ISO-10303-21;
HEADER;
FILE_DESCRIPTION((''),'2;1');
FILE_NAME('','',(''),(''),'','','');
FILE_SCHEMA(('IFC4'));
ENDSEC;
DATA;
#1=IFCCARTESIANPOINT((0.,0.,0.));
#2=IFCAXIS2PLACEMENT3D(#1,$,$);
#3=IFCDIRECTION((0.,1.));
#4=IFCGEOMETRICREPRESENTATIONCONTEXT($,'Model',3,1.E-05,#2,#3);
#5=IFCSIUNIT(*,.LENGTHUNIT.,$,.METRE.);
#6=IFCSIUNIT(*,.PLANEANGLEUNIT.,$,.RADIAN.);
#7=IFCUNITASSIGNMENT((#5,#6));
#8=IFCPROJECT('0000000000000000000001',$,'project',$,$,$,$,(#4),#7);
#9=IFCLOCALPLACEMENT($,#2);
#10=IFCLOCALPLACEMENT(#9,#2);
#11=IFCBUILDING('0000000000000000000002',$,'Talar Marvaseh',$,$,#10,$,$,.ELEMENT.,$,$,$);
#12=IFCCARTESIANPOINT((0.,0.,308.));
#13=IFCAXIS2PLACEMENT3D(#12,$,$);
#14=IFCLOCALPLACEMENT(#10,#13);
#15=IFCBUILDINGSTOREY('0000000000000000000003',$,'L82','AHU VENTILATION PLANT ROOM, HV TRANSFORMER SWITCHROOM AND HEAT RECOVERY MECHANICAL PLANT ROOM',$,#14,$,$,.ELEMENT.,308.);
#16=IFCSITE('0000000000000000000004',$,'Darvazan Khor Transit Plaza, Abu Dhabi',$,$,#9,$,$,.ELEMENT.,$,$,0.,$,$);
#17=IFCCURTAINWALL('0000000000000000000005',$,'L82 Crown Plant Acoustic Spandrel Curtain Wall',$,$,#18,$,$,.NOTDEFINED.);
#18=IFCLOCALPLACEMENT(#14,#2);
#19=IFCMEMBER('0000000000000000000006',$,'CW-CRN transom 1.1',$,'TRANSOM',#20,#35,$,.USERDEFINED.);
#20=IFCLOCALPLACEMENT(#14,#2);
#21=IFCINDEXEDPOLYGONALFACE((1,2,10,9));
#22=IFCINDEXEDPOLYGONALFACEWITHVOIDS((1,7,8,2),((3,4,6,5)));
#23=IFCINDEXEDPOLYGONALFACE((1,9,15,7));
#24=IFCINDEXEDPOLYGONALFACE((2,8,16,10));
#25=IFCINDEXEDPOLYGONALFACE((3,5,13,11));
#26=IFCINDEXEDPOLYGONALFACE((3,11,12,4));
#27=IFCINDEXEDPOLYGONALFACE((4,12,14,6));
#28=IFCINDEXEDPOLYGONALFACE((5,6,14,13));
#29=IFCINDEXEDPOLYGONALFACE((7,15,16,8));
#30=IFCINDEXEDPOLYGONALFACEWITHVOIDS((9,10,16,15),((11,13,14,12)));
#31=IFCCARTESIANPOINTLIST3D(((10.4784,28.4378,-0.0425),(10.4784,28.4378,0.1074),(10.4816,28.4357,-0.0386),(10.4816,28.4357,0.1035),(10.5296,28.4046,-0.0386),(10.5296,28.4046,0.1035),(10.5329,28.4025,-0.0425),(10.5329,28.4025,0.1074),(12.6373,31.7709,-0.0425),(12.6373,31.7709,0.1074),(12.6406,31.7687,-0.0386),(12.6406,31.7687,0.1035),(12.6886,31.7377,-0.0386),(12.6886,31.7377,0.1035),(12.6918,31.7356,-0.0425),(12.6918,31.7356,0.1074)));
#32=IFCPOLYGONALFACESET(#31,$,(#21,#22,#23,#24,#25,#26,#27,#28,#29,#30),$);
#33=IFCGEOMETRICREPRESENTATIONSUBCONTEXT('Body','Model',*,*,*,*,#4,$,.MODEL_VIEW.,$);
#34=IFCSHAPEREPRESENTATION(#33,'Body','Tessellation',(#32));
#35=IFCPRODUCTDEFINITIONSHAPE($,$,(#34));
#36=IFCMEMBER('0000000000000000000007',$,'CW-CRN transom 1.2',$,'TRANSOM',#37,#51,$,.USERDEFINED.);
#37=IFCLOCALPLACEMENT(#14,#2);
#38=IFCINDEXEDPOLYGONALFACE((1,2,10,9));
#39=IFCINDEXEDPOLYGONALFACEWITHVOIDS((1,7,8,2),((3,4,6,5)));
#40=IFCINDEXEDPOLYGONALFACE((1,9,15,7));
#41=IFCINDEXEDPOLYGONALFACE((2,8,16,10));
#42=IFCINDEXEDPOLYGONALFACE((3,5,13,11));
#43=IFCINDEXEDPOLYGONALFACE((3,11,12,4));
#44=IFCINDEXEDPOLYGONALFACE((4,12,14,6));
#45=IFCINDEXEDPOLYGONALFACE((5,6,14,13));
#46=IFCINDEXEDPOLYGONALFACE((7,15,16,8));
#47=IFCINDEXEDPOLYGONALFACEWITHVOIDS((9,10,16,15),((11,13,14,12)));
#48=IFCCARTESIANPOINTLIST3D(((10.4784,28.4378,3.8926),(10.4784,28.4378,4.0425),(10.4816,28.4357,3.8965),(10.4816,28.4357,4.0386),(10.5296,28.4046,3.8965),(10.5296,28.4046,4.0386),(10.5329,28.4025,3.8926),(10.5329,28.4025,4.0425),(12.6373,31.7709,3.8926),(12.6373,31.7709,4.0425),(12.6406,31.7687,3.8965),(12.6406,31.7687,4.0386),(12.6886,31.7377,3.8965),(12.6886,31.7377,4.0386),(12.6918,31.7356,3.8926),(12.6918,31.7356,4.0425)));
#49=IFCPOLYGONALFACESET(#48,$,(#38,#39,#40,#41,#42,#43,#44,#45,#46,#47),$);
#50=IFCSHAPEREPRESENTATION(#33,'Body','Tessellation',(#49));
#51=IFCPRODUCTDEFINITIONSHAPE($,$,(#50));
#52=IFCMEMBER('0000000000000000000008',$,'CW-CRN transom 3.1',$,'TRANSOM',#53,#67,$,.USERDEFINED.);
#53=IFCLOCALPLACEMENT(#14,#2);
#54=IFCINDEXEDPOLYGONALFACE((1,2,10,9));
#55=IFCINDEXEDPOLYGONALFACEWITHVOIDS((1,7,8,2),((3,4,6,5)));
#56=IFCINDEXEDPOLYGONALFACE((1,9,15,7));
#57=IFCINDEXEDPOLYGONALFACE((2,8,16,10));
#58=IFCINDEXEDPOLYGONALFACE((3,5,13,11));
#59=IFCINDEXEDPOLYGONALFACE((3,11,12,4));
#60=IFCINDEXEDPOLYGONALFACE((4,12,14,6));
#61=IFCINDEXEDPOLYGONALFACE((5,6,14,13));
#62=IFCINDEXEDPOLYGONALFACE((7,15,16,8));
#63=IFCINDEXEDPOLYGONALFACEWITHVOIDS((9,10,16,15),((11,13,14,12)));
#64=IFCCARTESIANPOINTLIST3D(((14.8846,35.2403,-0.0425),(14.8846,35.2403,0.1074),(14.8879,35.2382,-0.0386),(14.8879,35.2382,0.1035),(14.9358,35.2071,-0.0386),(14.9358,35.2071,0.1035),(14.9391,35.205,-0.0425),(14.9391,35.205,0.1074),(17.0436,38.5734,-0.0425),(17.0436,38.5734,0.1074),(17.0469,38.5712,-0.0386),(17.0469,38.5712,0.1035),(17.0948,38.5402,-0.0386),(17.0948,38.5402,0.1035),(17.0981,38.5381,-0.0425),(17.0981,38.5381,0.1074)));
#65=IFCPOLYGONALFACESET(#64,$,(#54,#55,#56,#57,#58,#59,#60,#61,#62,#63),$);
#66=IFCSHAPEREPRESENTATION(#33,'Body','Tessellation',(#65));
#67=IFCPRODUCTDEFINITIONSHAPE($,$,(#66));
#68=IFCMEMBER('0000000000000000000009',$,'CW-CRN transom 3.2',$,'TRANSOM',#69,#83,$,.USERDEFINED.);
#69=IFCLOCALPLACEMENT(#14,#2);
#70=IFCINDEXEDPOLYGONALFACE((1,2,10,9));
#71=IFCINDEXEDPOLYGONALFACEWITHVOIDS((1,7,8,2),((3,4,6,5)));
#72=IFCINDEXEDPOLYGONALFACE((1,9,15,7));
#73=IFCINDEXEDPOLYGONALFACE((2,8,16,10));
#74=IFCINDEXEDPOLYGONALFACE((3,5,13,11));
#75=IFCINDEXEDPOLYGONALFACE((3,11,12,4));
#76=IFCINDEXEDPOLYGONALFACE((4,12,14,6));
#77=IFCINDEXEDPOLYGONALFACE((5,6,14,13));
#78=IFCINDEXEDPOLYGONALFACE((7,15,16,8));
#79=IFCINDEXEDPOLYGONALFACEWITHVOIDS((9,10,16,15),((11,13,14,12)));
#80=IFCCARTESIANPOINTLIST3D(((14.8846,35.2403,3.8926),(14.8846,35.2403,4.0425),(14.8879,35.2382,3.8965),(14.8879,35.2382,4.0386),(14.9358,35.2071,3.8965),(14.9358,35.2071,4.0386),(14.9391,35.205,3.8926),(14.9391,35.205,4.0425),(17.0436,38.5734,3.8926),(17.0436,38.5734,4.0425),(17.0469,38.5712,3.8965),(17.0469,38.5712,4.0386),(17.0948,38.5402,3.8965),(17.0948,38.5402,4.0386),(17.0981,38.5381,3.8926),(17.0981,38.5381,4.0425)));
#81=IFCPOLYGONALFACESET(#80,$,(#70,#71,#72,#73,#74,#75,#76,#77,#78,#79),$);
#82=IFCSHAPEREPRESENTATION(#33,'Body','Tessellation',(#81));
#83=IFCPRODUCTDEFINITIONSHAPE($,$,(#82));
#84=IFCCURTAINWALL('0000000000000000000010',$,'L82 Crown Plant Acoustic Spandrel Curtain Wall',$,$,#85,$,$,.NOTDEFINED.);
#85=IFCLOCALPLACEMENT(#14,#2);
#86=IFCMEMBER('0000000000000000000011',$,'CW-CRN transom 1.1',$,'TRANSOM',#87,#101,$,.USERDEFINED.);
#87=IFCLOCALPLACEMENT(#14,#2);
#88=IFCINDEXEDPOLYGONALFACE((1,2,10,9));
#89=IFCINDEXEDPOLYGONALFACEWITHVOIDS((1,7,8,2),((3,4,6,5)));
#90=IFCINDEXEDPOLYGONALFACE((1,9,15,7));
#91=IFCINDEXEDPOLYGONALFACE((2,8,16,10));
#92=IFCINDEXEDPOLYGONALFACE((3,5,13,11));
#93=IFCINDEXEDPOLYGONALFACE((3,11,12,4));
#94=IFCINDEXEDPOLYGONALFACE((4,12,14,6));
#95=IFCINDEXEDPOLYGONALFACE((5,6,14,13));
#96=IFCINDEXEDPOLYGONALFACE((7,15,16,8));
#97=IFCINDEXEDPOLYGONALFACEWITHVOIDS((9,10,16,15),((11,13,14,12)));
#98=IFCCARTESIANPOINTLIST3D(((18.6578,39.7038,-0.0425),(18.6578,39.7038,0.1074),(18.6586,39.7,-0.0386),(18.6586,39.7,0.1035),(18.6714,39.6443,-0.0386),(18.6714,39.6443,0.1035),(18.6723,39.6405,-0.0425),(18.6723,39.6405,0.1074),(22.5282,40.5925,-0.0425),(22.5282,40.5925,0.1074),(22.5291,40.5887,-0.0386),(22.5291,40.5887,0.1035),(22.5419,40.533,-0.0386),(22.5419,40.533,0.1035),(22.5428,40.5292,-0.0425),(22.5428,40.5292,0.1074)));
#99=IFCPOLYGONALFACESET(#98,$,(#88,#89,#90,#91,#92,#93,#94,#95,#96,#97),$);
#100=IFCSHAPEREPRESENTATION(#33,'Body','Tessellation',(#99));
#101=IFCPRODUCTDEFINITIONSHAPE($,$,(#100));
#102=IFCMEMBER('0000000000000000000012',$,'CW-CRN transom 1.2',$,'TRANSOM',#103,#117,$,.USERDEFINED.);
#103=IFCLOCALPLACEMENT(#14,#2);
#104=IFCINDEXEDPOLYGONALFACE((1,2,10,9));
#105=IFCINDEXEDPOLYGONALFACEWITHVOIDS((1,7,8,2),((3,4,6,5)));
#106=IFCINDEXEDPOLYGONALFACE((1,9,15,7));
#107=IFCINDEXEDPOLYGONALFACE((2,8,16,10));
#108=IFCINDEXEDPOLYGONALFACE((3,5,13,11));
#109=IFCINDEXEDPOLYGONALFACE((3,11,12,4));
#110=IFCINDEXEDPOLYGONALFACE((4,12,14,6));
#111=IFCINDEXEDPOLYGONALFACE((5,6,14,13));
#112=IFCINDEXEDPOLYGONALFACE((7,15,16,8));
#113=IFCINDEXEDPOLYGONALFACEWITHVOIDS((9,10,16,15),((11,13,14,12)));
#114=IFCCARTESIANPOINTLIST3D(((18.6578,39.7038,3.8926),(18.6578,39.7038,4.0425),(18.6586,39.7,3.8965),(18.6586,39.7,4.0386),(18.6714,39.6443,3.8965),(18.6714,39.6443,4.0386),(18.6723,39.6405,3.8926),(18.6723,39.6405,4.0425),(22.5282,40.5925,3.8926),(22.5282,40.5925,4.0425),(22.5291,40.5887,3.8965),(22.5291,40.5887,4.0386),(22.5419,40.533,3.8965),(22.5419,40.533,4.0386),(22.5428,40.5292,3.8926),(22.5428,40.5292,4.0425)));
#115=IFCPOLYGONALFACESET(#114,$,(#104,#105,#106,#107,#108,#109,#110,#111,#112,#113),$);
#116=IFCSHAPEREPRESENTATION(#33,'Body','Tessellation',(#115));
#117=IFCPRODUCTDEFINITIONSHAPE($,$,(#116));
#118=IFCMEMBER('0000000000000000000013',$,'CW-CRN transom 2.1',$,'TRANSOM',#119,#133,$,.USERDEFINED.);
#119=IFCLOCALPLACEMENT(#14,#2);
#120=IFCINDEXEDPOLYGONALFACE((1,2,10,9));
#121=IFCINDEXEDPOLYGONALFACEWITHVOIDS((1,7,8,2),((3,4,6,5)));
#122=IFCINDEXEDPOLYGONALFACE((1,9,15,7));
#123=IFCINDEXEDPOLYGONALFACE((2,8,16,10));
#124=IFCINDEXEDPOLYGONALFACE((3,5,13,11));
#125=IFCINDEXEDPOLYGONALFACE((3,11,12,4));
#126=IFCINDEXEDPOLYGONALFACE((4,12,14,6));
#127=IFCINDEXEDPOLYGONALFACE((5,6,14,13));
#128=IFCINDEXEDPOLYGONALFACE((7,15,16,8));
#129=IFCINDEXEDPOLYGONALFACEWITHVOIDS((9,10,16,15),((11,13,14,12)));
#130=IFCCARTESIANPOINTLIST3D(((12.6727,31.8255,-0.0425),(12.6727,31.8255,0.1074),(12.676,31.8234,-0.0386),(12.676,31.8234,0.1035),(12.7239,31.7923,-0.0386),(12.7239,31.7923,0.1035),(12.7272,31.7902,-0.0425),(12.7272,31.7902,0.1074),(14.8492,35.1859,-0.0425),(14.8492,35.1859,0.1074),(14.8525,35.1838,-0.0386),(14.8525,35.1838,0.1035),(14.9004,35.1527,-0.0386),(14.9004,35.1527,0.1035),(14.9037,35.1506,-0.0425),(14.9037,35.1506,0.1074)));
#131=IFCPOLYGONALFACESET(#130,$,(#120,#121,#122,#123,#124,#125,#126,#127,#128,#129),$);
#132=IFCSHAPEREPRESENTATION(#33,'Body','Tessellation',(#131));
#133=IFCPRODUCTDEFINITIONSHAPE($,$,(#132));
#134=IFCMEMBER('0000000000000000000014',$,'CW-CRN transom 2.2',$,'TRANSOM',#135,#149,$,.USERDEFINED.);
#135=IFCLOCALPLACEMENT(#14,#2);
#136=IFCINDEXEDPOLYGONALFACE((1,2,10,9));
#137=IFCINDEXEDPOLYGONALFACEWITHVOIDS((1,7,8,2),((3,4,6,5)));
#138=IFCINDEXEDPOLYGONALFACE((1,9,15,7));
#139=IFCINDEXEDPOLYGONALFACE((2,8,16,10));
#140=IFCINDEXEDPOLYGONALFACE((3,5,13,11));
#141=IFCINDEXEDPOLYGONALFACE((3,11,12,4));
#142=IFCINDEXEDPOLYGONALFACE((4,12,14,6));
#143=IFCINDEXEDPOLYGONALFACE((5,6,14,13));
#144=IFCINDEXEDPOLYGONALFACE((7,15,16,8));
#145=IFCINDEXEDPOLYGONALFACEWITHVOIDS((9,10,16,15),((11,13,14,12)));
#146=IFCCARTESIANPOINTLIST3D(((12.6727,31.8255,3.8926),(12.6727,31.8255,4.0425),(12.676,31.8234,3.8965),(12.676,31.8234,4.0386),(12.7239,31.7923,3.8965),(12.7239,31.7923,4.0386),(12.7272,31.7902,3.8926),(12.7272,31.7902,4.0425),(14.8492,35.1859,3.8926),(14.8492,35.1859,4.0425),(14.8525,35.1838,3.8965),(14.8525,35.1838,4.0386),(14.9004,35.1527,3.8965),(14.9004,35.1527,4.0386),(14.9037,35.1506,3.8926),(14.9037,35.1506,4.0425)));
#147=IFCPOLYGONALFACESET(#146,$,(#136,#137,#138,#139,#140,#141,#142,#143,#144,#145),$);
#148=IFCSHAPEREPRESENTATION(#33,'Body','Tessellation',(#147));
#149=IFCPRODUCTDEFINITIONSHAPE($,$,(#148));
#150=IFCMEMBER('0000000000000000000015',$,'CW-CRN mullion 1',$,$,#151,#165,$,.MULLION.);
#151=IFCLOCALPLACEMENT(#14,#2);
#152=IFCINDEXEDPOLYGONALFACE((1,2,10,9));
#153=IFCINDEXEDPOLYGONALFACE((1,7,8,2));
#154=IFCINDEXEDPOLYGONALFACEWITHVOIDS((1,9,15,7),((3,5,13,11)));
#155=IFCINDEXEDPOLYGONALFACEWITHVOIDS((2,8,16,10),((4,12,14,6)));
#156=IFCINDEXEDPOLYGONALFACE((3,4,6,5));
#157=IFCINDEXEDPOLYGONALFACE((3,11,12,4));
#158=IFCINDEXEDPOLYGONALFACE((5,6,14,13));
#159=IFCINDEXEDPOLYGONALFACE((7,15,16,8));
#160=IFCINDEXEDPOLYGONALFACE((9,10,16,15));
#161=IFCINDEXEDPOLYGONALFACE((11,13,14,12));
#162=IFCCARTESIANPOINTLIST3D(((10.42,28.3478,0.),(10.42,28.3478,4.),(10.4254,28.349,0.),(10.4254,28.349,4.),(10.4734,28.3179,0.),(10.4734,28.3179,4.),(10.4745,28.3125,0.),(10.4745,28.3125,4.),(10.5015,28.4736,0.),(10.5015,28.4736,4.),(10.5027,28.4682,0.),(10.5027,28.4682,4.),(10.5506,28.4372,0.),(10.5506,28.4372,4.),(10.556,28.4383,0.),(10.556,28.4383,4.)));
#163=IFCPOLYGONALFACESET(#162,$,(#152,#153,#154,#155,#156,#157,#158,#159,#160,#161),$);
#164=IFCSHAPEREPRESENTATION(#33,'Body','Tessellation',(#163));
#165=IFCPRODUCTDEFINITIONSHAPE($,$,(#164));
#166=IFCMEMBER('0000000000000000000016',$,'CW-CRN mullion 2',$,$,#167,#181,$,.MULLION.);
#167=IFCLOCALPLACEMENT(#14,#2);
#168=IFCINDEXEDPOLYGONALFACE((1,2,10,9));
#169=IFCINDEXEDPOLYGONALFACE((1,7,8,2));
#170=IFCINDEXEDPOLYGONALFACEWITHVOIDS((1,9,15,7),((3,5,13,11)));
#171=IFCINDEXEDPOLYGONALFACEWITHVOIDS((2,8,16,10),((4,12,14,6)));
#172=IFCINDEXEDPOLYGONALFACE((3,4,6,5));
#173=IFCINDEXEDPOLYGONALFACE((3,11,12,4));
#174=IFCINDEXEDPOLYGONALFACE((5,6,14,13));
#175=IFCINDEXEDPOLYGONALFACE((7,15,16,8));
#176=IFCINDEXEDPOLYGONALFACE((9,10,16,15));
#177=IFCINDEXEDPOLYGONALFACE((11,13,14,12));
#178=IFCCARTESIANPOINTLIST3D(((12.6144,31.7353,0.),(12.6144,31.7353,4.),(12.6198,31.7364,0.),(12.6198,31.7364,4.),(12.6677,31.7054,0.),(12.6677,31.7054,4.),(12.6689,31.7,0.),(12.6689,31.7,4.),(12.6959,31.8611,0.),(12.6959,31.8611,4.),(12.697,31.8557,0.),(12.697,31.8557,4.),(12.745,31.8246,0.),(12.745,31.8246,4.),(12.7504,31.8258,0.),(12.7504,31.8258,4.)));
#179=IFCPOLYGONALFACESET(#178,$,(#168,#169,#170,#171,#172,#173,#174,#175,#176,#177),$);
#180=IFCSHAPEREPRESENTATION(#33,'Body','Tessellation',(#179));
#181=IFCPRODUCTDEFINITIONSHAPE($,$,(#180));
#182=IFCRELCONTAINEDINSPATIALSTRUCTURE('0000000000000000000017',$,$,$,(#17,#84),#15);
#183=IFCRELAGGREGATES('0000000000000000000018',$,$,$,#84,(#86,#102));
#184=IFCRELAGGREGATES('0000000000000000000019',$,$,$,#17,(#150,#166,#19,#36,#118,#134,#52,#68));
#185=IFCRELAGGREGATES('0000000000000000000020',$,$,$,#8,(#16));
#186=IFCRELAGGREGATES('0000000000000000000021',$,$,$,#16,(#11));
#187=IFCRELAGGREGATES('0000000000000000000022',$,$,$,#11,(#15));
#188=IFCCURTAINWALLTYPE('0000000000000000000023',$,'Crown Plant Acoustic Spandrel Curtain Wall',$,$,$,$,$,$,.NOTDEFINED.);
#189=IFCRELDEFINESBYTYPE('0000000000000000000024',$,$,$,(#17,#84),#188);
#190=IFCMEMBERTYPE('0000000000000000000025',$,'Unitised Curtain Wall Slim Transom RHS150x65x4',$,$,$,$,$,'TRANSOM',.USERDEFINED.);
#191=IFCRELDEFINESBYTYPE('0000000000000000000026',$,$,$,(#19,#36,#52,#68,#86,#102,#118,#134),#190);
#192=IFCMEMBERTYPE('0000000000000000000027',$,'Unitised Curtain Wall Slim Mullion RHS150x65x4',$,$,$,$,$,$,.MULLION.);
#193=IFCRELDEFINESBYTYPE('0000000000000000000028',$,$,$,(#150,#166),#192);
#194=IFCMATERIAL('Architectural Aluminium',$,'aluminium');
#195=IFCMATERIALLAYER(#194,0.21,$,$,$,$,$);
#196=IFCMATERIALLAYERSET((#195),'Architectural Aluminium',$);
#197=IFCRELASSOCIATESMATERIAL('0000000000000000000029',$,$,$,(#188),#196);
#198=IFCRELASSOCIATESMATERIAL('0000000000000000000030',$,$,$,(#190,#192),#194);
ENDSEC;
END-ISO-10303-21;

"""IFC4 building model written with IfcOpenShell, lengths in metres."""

from ifc_helpers import new_model, si_unit, direction, frame, origin, origin_2d, place, context, subcontext, project, spatial, hollow_rectangle, extrude, source, transform, mapped, material, layer, layer_set, material_profile, profile_set, type_object, type_shapes, element, aggregate, save


model = new_model("IFC4")

# Units and contexts
model_context = context("Model", 3, precision=1e-05, world=origin(), true_north=direction((0.0, 1.0)))
body_context = subcontext(model_context, "Body", "Model", "MODEL_VIEW")
ifc_project = project(units=[si_unit("LENGTHUNIT", "METRE"), si_unit("PLANEANGLEUNIT", "RADIAN")], contexts=[model_context])

# Site, building, storey
site_placement = place(None, origin())
site = spatial("IfcSite", under=ifc_project, at=site_placement, Name="Darvazan Khor Transit Plaza, Abu Dhabi", CompositionType="ELEMENT", RefElevation=0.0)
building_placement = place(site_placement, origin())
building = spatial("IfcBuilding", under=site, at=building_placement, Name="Talar Marvaseh", CompositionType="ELEMENT")
storey_placement = place(building_placement, frame((0.0, 0.0, 308.0)))
storey = spatial("IfcBuildingStorey", under=building, at=storey_placement, Name="L82", Description="AHU VENTILATION PLANT ROOM, HV TRANSFORMER SWITCHROOM AND HEAT RECOVERY MECHANICAL PLANT ROOM", CompositionType="ELEMENT", Elevation=308.0)

# Curtain walls, members
ifc_material_1 = material(Name="Architectural Aluminium", Category="aluminium")
ifc_layer_1 = layer(ifc_material_1, 0.21)
ifc_layer_set_1 = layer_set([ifc_layer_1], Name="Architectural Aluminium")
curtain_wall_type = type_object("IfcCurtainWallType", Name="Crown Plant Acoustic Spandrel Curtain Wall", PredefinedType="NOTDEFINED", material=ifc_layer_set_1)
curtain_wall_1_placement = place(storey_placement, origin())
curtain_wall_1 = element("IfcCurtainWall", 1, at=curtain_wall_1_placement, inside=storey, type_object=curtain_wall_type, Name="L82 Crown Plant Acoustic Spandrel Curtain Wall", PredefinedType="NOTDEFINED")
ifc_material_profile_1 = material_profile(ifc_material_1, hollow_rectangle(XDim=0.0649, YDim=0.1499, WallThickness=0.0039, at=origin_2d()), Name="RHS150x65x4")
ifc_profile_set_1 = profile_set([ifc_material_profile_1], Name="Architectural Aluminium")
member_type_1 = type_object("IfcMemberType", Name="Unitised Curtain Wall Slim Transom RHS150x65x4", ElementType="TRANSOM", PredefinedType="USERDEFINED", material=ifc_profile_set_1)
shared_shape_1 = source(origin(), body_context, "Body", "SweptSolid", [
    extrude(hollow_rectangle(XDim=0.0649, YDim=0.1499, WallThickness=0.0039, at=origin_2d()), origin(), (0.0, 0.0, 1.0), 3.9712),
])
member_1_placement = place(storey_placement, frame((10.5056, 28.4202, 0.0325), z_axis=(0.543657, 0.839308, 0.0), x_axis=(-0.839308, 0.543657, 0.0)))
member_1 = element("IfcMember", 2, at=member_1_placement, type_object=member_type_1, Name="CW-CRN transom 1.1", ObjectType="TRANSOM", PredefinedType="USERDEFINED", context=body_context, shape_type="MappedRepresentation", body=[
    mapped(shared_shape_1, transform((0.0, 0.0, 0.0), x_axis=(1.0, 0.0, 0.0), y_axis=(0.0, 1.0, 0.0), z_axis=(0.0, 0.0, 1.0), scale=1.0)),
])
member_2_placement = place(storey_placement, frame((10.5056, 28.4202, 3.9675), z_axis=(0.543657, 0.839308, 0.0), x_axis=(-0.839308, 0.543657, 0.0)))
member_2 = element("IfcMember", 3, at=member_2_placement, type_object=member_type_1, Name="CW-CRN transom 1.2", ObjectType="TRANSOM", PredefinedType="USERDEFINED", context=body_context, shape_type="MappedRepresentation", body=[
    mapped(shared_shape_1, transform((0.0, 0.0, 0.0), x_axis=(1.0, 0.0, 0.0), y_axis=(0.0, 1.0, 0.0), z_axis=(0.0, 0.0, 1.0), scale=1.0)),
])
member_3_placement = place(storey_placement, frame((14.9119, 35.2227, 0.0325), z_axis=(0.543657, 0.839308, 0.0), x_axis=(-0.839308, 0.543657, 0.0)))
member_3 = element("IfcMember", 4, at=member_3_placement, type_object=member_type_1, Name="CW-CRN transom 3.1", ObjectType="TRANSOM", PredefinedType="USERDEFINED", context=body_context, shape_type="MappedRepresentation", body=[
    mapped(shared_shape_1, transform((0.0, 0.0, 0.0), x_axis=(1.0, 0.0, 0.0), y_axis=(0.0, 1.0, 0.0), z_axis=(0.0, 0.0, 1.0), scale=1.0)),
])
member_4_placement = place(storey_placement, frame((14.9119, 35.2227, 3.9675), z_axis=(0.543657, 0.839308, 0.0), x_axis=(-0.839308, 0.543657, 0.0)))
member_4 = element("IfcMember", 5, at=member_4_placement, type_object=member_type_1, Name="CW-CRN transom 3.2", ObjectType="TRANSOM", PredefinedType="USERDEFINED", context=body_context, shape_type="MappedRepresentation", body=[
    mapped(shared_shape_1, transform((0.0, 0.0, 0.0), x_axis=(1.0, 0.0, 0.0), y_axis=(0.0, 1.0, 0.0), z_axis=(0.0, 0.0, 1.0), scale=1.0)),
])
curtain_wall_2_placement = place(storey_placement, origin())
curtain_wall_2 = element("IfcCurtainWall", 6, at=curtain_wall_2_placement, inside=storey, type_object=curtain_wall_type, Name="L82 Crown Plant Acoustic Spandrel Curtain Wall", PredefinedType="NOTDEFINED")
member_5_placement = place(storey_placement, frame((18.665, 39.6721, 0.0325), z_axis=(0.974638, 0.223786, 0.0), x_axis=(-0.223786, 0.974638, 0.0)))
member_5 = element("IfcMember", 7, at=member_5_placement, type_object=member_type_1, Name="CW-CRN transom 1.1", ObjectType="TRANSOM", PredefinedType="USERDEFINED", context=body_context, shape_type="MappedRepresentation", body=[
    mapped(shared_shape_1, transform((0.0, 0.0, 0.0), x_axis=(1.0, 0.0, 0.0), y_axis=(0.0, 1.0, 0.0), z_axis=(0.0, 0.0, 1.0), scale=1.0)),
])
member_6_placement = place(storey_placement, frame((18.665, 39.6721, 3.9675), z_axis=(0.974638, 0.223786, 0.0), x_axis=(-0.223786, 0.974638, 0.0)))
member_6 = element("IfcMember", 8, at=member_6_placement, type_object=member_type_1, Name="CW-CRN transom 1.2", ObjectType="TRANSOM", PredefinedType="USERDEFINED", context=body_context, shape_type="MappedRepresentation", body=[
    mapped(shared_shape_1, transform((0.0, 0.0, 0.0), x_axis=(1.0, 0.0, 0.0), y_axis=(0.0, 1.0, 0.0), z_axis=(0.0, 0.0, 1.0), scale=1.0)),
])

# Members
shared_shape_2 = source(origin(), body_context, "Body", "SweptSolid", [
    extrude(hollow_rectangle(XDim=0.0649, YDim=0.1499, WallThickness=0.0039, at=origin_2d()), origin(), (0.0, 0.0, 1.0), 4.0037),
])
type_shapes(member_type_1, [shared_shape_1, shared_shape_2])
member_7_placement = place(storey_placement, frame((12.7, 31.8079, 0.0325), z_axis=(0.543633, 0.839323, 0.0), x_axis=(-0.839323, 0.543633, 0.0)))
member_7 = element("IfcMember", 9, at=member_7_placement, type_object=member_type_1, Name="CW-CRN transom 2.1", ObjectType="TRANSOM", PredefinedType="USERDEFINED", context=body_context, shape_type="MappedRepresentation", body=[
    mapped(shared_shape_2, transform((0.0, 0.0, 0.0), x_axis=(1.0, 0.0, 0.0), y_axis=(0.0, 1.0, 0.0), z_axis=(0.0, 0.0, 1.0), scale=1.0)),
])
member_8_placement = place(storey_placement, frame((12.7, 31.8079, 3.9675), z_axis=(0.543633, 0.839323, 0.0), x_axis=(-0.839323, 0.543633, 0.0)))
member_8 = element("IfcMember", 10, at=member_8_placement, type_object=member_type_1, Name="CW-CRN transom 2.2", ObjectType="TRANSOM", PredefinedType="USERDEFINED", context=body_context, shape_type="MappedRepresentation", body=[
    mapped(shared_shape_2, transform((0.0, 0.0, 0.0), x_axis=(1.0, 0.0, 0.0), y_axis=(0.0, 1.0, 0.0), z_axis=(0.0, 0.0, 1.0), scale=1.0)),
])
ifc_material_profile_2 = material_profile(ifc_material_1, hollow_rectangle(XDim=0.0649, YDim=0.1499, WallThickness=0.0039, at=origin_2d()), Name="RHS150x65x4")
ifc_profile_set_2 = profile_set([ifc_material_profile_2], Name="Architectural Aluminium")
member_type_2 = type_object("IfcMemberType", Name="Unitised Curtain Wall Slim Mullion RHS150x65x4", PredefinedType="MULLION", material=ifc_profile_set_2)
shared_shape_3 = source(origin(), body_context, "Body", "SweptSolid", [
    extrude(hollow_rectangle(XDim=0.0649, YDim=0.1499, WallThickness=0.0039, at=origin_2d()), origin(), (0.0, 0.0, 1.0), 4.0),
])
type_shapes(member_type_2, [shared_shape_3])
member_9_placement = place(storey_placement, frame((10.488, 28.3931, 0.0), z_axis=(0.0, 0.0, 1.0), x_axis=(-0.839314, 0.543646, 0.0)))
member_9 = element("IfcMember", 11, at=member_9_placement, type_object=member_type_2, Name="CW-CRN mullion 1", PredefinedType="MULLION", context=body_context, shape_type="MappedRepresentation", body=[
    mapped(shared_shape_3, transform((0.0, 0.0, 0.0), x_axis=(1.0, 0.0, 0.0), y_axis=(0.0, 1.0, 0.0), z_axis=(0.0, 0.0, 1.0), scale=1.0)),
])
member_10_placement = place(storey_placement, frame((12.6824, 31.7805, 0.0), z_axis=(0.0, 0.0, 1.0), x_axis=(-0.839314, 0.543646, 0.0)))
member_10 = element("IfcMember", 12, at=member_10_placement, type_object=member_type_2, Name="CW-CRN mullion 2", PredefinedType="MULLION", context=body_context, shape_type="MappedRepresentation", body=[
    mapped(shared_shape_3, transform((0.0, 0.0, 0.0), x_axis=(1.0, 0.0, 0.0), y_axis=(0.0, 1.0, 0.0), z_axis=(0.0, 0.0, 1.0), scale=1.0)),
])
aggregate(curtain_wall_2, [member_5, member_6])

aggregate(curtain_wall_1, [member_9, member_10, member_1, member_2, member_7, member_8, member_3, member_4])

save(model, "model.ifc")
